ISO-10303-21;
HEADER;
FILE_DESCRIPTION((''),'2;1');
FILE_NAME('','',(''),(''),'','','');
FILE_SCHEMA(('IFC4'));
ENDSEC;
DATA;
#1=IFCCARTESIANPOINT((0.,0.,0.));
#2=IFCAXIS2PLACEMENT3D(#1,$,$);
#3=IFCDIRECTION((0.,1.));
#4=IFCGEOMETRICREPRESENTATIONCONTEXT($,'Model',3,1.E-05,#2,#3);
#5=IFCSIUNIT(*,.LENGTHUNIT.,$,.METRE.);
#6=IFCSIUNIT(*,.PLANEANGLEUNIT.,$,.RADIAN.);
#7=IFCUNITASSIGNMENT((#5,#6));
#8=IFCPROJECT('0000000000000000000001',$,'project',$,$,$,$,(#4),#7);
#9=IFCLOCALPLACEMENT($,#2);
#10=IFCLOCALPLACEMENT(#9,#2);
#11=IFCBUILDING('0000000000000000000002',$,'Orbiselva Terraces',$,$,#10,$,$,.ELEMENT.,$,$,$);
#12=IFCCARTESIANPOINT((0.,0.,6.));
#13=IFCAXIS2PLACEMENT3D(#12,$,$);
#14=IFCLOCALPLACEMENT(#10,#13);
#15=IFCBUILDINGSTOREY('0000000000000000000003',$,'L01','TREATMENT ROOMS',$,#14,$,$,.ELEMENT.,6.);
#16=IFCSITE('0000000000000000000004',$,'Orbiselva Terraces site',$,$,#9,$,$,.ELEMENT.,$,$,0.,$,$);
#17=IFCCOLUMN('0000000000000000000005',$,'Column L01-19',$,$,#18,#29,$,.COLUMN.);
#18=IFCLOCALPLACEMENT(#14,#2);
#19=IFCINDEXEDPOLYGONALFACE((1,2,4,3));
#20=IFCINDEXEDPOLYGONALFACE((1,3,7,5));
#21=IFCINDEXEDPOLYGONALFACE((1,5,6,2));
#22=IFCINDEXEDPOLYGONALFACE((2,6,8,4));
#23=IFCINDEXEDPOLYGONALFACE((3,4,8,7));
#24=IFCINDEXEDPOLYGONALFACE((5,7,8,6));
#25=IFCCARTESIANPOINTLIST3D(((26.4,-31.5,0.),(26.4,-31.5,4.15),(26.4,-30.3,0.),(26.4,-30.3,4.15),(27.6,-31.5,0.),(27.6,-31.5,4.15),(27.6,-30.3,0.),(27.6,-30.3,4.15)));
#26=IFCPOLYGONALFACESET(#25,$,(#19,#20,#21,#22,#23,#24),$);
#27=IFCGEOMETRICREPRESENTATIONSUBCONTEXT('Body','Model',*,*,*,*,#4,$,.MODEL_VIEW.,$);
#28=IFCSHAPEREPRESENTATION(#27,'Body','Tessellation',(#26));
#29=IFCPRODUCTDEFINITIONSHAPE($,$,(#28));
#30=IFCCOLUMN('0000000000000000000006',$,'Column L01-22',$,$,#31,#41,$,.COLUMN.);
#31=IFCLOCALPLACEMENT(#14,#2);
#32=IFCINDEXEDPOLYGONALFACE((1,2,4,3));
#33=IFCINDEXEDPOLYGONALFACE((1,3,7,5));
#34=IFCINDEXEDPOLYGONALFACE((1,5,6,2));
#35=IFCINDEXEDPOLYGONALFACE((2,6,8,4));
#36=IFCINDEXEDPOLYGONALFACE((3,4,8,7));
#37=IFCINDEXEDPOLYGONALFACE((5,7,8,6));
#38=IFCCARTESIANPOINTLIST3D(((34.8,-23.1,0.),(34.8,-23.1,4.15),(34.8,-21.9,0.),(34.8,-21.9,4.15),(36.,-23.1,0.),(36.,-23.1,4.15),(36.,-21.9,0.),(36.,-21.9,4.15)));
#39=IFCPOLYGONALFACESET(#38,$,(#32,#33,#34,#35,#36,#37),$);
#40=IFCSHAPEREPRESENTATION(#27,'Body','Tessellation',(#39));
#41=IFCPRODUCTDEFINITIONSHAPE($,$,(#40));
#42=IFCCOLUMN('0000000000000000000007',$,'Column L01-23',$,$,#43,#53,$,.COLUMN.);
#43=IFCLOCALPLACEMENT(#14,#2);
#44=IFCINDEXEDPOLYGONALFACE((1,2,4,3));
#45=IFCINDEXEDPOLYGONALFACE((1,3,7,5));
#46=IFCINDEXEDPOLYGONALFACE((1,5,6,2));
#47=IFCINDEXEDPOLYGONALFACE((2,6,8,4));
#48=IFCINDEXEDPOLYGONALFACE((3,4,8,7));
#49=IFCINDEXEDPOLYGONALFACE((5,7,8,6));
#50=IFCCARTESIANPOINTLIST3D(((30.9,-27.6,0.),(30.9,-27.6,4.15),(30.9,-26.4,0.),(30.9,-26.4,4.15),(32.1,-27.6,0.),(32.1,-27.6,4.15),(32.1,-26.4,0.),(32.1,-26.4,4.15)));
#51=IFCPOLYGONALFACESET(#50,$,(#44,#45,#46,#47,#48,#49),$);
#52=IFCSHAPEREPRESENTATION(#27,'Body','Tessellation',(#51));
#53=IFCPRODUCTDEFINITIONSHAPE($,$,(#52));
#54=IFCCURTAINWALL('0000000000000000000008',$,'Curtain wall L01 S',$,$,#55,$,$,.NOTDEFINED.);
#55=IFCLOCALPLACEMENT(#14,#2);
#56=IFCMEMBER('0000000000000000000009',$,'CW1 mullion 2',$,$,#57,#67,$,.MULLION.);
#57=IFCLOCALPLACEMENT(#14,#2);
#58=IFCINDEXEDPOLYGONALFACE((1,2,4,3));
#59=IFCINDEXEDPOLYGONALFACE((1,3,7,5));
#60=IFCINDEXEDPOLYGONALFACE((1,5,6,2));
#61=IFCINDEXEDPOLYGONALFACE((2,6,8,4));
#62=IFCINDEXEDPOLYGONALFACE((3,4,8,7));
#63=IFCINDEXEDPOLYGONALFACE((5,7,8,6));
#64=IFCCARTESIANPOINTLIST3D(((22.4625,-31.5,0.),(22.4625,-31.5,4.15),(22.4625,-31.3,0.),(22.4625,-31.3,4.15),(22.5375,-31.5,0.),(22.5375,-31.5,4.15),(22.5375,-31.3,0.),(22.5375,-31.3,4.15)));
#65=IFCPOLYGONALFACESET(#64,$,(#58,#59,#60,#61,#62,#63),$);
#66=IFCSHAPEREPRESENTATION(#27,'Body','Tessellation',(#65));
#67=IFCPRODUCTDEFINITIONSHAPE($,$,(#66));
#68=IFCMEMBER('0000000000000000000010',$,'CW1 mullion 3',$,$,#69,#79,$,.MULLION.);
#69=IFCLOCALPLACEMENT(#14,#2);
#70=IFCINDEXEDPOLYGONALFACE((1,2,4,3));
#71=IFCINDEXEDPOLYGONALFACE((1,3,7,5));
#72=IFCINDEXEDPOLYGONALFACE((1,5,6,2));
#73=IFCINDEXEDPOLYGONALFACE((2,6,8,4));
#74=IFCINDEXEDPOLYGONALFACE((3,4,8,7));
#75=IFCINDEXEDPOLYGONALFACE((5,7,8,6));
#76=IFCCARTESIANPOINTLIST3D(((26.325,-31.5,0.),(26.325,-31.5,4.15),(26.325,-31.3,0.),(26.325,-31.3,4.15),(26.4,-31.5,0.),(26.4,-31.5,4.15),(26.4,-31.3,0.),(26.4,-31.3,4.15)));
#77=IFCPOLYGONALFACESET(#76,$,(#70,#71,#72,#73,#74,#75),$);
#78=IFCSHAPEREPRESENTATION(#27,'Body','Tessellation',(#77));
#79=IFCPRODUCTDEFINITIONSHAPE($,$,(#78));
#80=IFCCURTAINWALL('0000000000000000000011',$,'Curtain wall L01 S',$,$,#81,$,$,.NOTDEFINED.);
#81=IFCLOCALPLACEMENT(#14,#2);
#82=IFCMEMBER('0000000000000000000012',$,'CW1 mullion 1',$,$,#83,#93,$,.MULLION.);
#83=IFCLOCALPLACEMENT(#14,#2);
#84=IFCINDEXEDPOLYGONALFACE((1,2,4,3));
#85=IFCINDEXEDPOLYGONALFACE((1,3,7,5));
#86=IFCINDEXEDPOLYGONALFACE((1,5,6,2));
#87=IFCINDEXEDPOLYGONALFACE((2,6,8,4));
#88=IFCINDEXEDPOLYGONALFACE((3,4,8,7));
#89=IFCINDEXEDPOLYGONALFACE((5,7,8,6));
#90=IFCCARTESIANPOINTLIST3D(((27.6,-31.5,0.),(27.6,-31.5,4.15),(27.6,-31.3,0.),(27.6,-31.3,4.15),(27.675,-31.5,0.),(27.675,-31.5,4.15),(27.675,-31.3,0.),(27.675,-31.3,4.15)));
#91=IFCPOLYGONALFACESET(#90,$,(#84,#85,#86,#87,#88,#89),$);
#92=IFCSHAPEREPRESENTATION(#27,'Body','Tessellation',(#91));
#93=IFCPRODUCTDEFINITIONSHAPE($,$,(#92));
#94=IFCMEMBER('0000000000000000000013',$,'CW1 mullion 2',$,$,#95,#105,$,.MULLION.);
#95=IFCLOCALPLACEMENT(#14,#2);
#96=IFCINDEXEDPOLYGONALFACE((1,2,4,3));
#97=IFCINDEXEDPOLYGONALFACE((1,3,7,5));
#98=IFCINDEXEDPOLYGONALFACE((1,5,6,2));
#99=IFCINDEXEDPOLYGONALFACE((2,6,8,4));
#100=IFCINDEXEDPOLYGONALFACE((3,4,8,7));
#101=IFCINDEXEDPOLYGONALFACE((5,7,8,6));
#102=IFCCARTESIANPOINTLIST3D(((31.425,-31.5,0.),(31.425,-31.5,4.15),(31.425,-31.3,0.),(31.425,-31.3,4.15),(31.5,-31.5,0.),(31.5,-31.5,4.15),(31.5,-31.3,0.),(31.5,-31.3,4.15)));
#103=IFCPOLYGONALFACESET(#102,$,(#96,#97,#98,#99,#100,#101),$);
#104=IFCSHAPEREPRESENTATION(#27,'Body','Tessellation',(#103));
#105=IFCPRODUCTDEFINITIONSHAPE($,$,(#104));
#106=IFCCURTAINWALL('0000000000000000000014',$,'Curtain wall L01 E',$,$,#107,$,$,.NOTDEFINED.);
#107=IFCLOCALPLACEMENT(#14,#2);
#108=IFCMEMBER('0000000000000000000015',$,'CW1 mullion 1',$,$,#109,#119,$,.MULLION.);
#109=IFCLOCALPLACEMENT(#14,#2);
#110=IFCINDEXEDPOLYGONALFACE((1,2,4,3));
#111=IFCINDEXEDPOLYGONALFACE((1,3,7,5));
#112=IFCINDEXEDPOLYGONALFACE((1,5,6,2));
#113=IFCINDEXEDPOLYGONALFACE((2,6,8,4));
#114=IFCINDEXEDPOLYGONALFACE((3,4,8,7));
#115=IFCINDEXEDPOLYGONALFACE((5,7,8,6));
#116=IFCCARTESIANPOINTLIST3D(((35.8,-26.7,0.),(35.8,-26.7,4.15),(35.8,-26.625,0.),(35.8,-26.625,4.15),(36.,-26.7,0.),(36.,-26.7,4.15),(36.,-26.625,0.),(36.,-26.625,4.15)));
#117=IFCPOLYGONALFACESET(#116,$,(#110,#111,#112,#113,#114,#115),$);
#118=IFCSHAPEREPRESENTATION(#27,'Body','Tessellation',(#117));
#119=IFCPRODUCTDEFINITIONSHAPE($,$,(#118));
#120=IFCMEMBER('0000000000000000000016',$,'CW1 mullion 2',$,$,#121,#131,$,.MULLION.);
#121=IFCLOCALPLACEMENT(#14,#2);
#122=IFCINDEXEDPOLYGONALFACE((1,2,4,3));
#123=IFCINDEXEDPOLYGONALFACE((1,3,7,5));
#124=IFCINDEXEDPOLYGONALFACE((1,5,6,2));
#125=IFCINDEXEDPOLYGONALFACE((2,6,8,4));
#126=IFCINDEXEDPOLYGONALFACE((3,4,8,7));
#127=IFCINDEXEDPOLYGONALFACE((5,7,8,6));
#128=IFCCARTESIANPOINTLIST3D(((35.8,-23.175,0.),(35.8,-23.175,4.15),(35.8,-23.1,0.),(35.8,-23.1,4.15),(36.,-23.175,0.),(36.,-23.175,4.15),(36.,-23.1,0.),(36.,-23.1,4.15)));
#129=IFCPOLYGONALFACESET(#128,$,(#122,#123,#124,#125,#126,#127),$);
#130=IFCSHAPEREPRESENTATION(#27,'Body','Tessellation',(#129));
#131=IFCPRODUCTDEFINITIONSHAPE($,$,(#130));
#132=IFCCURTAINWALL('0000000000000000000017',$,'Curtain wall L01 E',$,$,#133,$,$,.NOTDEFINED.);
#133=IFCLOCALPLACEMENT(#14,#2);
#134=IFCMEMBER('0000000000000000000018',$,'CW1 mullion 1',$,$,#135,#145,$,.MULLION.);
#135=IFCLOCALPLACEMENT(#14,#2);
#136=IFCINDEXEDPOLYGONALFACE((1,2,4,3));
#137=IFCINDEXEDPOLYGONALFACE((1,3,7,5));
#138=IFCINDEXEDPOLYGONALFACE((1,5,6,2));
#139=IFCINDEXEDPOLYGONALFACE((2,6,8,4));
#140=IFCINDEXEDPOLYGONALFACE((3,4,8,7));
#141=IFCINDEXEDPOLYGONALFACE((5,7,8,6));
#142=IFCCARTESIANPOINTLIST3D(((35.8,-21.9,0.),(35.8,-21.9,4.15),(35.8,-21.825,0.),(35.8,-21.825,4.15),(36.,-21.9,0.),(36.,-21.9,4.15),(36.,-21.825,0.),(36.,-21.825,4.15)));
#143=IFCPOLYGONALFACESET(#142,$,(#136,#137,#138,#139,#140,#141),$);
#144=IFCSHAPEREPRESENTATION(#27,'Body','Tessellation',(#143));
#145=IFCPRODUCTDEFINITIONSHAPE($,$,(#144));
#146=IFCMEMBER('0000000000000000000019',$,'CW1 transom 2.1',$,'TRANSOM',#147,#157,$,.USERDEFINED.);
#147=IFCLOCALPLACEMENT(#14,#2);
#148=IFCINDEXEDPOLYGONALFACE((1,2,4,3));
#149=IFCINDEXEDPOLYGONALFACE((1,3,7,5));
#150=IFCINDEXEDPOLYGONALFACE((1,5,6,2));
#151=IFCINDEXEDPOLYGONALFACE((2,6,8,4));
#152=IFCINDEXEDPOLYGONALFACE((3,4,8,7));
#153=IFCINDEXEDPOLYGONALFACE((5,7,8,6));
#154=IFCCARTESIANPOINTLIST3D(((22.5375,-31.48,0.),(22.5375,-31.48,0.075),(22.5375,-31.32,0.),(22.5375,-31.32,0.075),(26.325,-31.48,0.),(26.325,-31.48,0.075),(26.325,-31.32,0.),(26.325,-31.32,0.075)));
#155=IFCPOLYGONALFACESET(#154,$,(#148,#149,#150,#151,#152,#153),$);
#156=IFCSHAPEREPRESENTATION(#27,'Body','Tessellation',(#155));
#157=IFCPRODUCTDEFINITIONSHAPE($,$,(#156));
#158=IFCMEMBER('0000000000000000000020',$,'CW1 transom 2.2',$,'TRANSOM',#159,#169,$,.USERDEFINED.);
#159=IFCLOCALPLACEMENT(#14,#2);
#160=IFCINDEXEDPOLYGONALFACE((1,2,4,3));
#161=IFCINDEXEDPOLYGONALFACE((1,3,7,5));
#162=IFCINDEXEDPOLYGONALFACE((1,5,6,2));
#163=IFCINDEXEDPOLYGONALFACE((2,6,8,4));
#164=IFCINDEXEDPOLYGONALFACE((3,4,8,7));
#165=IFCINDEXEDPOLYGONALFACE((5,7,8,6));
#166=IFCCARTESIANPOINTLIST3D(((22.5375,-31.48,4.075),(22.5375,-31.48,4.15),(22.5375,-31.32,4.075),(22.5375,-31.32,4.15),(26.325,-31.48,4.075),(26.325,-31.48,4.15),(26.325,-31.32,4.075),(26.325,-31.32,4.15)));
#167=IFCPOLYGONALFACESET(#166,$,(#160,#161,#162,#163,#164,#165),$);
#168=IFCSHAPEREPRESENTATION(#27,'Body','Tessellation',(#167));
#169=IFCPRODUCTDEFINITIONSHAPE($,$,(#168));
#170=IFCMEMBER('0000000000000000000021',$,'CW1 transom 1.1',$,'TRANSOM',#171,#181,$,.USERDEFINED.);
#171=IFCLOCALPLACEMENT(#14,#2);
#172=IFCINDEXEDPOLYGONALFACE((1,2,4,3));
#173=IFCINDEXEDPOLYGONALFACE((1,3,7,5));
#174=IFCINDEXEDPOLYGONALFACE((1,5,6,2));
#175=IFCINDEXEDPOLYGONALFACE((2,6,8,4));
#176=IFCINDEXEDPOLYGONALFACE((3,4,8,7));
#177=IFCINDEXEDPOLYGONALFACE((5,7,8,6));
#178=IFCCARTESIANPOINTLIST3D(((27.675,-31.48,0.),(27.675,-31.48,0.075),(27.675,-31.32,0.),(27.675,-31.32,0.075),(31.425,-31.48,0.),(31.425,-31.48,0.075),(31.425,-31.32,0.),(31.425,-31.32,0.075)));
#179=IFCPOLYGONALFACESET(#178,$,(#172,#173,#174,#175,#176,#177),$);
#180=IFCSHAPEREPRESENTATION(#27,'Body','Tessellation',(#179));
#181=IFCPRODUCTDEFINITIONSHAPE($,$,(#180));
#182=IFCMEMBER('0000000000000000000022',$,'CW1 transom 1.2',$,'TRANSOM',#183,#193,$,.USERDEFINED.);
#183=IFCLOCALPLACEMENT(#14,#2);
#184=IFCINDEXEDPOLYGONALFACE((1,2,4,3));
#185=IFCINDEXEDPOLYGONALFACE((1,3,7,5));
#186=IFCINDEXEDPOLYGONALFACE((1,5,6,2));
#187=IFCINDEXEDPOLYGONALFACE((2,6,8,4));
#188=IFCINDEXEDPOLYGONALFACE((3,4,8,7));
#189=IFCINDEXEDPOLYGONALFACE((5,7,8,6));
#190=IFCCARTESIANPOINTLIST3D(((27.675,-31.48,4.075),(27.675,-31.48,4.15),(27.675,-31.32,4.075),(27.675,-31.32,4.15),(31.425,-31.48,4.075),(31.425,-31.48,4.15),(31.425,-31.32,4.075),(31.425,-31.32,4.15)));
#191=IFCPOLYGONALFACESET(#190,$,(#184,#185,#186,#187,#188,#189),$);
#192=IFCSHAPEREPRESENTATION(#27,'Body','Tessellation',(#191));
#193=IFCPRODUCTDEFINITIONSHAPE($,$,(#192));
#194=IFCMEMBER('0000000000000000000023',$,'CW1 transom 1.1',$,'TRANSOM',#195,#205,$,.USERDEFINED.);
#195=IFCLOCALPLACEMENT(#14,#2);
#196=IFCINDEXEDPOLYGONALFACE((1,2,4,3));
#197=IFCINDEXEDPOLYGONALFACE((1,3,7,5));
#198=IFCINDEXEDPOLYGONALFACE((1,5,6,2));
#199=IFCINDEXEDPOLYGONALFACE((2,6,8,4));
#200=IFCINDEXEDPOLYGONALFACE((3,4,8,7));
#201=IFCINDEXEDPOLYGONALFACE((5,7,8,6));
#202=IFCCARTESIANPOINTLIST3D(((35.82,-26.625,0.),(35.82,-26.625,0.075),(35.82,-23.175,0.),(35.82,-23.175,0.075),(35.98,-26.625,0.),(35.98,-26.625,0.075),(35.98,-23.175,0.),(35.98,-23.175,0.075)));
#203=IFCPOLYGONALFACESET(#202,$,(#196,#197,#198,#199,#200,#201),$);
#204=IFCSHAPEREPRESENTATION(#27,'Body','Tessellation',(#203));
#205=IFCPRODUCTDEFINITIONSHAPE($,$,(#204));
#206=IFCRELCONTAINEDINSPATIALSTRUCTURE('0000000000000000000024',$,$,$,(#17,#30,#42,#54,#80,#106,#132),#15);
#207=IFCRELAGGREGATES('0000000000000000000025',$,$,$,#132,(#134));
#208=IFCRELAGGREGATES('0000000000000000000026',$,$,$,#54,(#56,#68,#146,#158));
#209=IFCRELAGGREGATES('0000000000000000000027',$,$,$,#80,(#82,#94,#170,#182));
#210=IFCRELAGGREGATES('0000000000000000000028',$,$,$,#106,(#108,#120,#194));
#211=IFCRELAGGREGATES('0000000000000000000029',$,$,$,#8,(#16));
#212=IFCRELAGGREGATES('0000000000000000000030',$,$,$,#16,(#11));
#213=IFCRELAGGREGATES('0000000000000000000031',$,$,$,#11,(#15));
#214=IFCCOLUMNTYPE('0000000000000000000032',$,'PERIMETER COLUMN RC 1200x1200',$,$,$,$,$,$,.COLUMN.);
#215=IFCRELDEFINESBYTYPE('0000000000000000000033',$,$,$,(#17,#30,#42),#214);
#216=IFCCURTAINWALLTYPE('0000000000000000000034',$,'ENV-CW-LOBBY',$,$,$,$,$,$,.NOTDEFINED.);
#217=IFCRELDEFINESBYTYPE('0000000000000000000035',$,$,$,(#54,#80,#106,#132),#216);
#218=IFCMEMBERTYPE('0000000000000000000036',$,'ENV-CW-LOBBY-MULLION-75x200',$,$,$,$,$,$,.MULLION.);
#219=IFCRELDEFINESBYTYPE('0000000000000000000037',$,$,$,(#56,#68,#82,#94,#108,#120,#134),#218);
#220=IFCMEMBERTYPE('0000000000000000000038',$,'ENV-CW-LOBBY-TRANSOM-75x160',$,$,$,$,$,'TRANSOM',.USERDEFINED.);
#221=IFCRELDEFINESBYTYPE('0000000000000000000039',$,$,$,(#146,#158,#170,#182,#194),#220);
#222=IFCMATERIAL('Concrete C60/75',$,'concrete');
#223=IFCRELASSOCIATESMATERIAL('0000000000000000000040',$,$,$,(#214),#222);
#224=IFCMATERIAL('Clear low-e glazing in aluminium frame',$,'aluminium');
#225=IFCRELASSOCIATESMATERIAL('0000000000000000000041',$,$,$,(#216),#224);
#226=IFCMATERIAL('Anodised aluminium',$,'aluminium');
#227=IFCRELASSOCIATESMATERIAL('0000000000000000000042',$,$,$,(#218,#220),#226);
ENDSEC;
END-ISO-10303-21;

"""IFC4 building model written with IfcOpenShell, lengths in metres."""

from ifc_helpers import new_model, si_unit, direction, frame, origin, origin_2d, place, context, subcontext, project, spatial, rectangle, extrude, material, material_profile, profile_set, type_object, element, aggregate, save


model = new_model("IFC4")

# Units and contexts
model_context = context("Model", 3, precision=1e-05, world=origin(), true_north=direction((0.0, 1.0)))
body_context = subcontext(model_context, "Body", "Model", "MODEL_VIEW")
ifc_project = project(units=[si_unit("LENGTHUNIT", "METRE"), si_unit("PLANEANGLEUNIT", "RADIAN")], contexts=[model_context])

# Site, building, storey
site_placement = place(None, origin())
site = spatial("IfcSite", under=ifc_project, at=site_placement, Name="Orbiselva Terraces site", CompositionType="ELEMENT", RefElevation=0.0)
building_placement = place(site_placement, origin())
building = spatial("IfcBuilding", under=site, at=building_placement, Name="Orbiselva Terraces", CompositionType="ELEMENT")
storey_placement = place(building_placement, frame((0.0, 0.0, 6.0)))
storey = spatial("IfcBuildingStorey", under=building, at=storey_placement, Name="L01", Description="TREATMENT ROOMS", CompositionType="ELEMENT", Elevation=6.0)

# Columns
ifc_material_1 = material(Name="Concrete C60/75", Category="concrete")
ifc_material_profile_1 = material_profile(ifc_material_1, rectangle(XDim=1.2, YDim=1.2, at=origin_2d()), Name="RC 1200x1200")
ifc_profile_set_1 = profile_set([ifc_material_profile_1], Name="Concrete C60/75")
column_type = type_object("IfcColumnType", Name="PERIMETER COLUMN RC 1200x1200", PredefinedType="COLUMN", material=ifc_profile_set_1)
for number, where, z_axis, x_axis, name in (
    (1, (27.0, -30.9, 0.0), (0.0, 0.0, 1.0), (1.0, 0.0, 0.0), "Column L01-19"),
    (2, (35.4, -22.5, 0.0), (0.0, 0.0, 1.0), (1.0, 0.0, 0.0), "Column L01-22"),
    (3, (31.5, -27.0, 0.0), (0.0, 0.0, 1.0), (1.0, 0.0, 0.0), "Column L01-23"),
):
    element("IfcColumn", number, at=place(storey_placement, frame(where, z_axis=z_axis, x_axis=x_axis)), inside=storey, type_object=column_type, Name=name, PredefinedType="COLUMN", context=body_context, shape_type="SweptSolid", body=[
        extrude(rectangle(XDim=1.2, YDim=1.2, at=origin_2d()), origin(), (0.0, 0.0, 1.0), 4.15),
    ])

# Curtain walls, members
ifc_material_2 = material(Name="Clear low-e glazing in aluminium frame", Category="aluminium")
curtain_wall_type = type_object("IfcCurtainWallType", Name="ENV-CW-LOBBY", PredefinedType="NOTDEFINED", material=ifc_material_2)
curtain_wall_1_placement = place(storey_placement, origin())
curtain_wall_1 = element("IfcCurtainWall", 4, at=curtain_wall_1_placement, inside=storey, type_object=curtain_wall_type, Name="Curtain wall L01 S", PredefinedType="NOTDEFINED")
ifc_material_3 = material(Name="Anodised aluminium", Category="aluminium")
ifc_material_profile_2 = material_profile(ifc_material_3, rectangle(XDim=0.2, YDim=0.075, at=origin_2d()), Name="AL 75x200")
ifc_profile_set_2 = profile_set([ifc_material_profile_2], Name="Anodised aluminium")
member_type_1 = type_object("IfcMemberType", Name="ENV-CW-LOBBY-MULLION-75x200", PredefinedType="MULLION", material=ifc_profile_set_2)
member_1_placement = place(storey_placement, frame((22.5, -31.4, 0.0), z_axis=(0.0, 0.0, 1.0), x_axis=(0.0, 1.0, 0.0)))
member_1 = element("IfcMember", 5, at=member_1_placement, type_object=member_type_1, Name="CW1 mullion 2", PredefinedType="MULLION", context=body_context, shape_type="SweptSolid", body=[
    extrude(rectangle(XDim=0.2, YDim=0.075, at=origin_2d()), origin(), (0.0, 0.0, 1.0), 4.15),
])
member_2_placement = place(storey_placement, frame((26.3625, -31.4, 0.0), z_axis=(0.0, 0.0, 1.0), x_axis=(0.0, 1.0, 0.0)))
member_2 = element("IfcMember", 6, at=member_2_placement, type_object=member_type_1, Name="CW1 mullion 3", PredefinedType="MULLION", context=body_context, shape_type="SweptSolid", body=[
    extrude(rectangle(XDim=0.2, YDim=0.075, at=origin_2d()), origin(), (0.0, 0.0, 1.0), 4.15),
])
curtain_wall_2_placement = place(storey_placement, origin())
curtain_wall_2 = element("IfcCurtainWall", 7, at=curtain_wall_2_placement, inside=storey, type_object=curtain_wall_type, Name="Curtain wall L01 S", PredefinedType="NOTDEFINED")
member_3_placement = place(storey_placement, frame((27.6375, -31.4, 0.0), z_axis=(0.0, 0.0, 1.0), x_axis=(0.0, 1.0, 0.0)))
member_3 = element("IfcMember", 8, at=member_3_placement, type_object=member_type_1, Name="CW1 mullion 1", PredefinedType="MULLION", context=body_context, shape_type="SweptSolid", body=[
    extrude(rectangle(XDim=0.2, YDim=0.075, at=origin_2d()), origin(), (0.0, 0.0, 1.0), 4.15),
])
member_4_placement = place(storey_placement, frame((31.4625, -31.4, 0.0), z_axis=(0.0, 0.0, 1.0), x_axis=(0.0, 1.0, 0.0)))
member_4 = element("IfcMember", 9, at=member_4_placement, type_object=member_type_1, Name="CW1 mullion 2", PredefinedType="MULLION", context=body_context, shape_type="SweptSolid", body=[
    extrude(rectangle(XDim=0.2, YDim=0.075, at=origin_2d()), origin(), (0.0, 0.0, 1.0), 4.15),
])
curtain_wall_3_placement = place(storey_placement, origin())
curtain_wall_3 = element("IfcCurtainWall", 10, at=curtain_wall_3_placement, inside=storey, type_object=curtain_wall_type, Name="Curtain wall L01 E", PredefinedType="NOTDEFINED")
member_5_placement = place(storey_placement, frame((35.9, -26.6625, 0.0), z_axis=(0.0, 0.0, 1.0), x_axis=(-1.0, 0.0, 0.0)))
member_5 = element("IfcMember", 11, at=member_5_placement, type_object=member_type_1, Name="CW1 mullion 1", PredefinedType="MULLION", context=body_context, shape_type="SweptSolid", body=[
    extrude(rectangle(XDim=0.2, YDim=0.075, at=origin_2d()), origin(), (0.0, 0.0, 1.0), 4.15),
])
member_6_placement = place(storey_placement, frame((35.9, -23.1375, 0.0), z_axis=(0.0, 0.0, 1.0), x_axis=(-1.0, 0.0, 0.0)))
member_6 = element("IfcMember", 12, at=member_6_placement, type_object=member_type_1, Name="CW1 mullion 2", PredefinedType="MULLION", context=body_context, shape_type="SweptSolid", body=[
    extrude(rectangle(XDim=0.2, YDim=0.075, at=origin_2d()), origin(), (0.0, 0.0, 1.0), 4.15),
])

# Curtain wall, member
curtain_wall_4_placement = place(storey_placement, origin())
curtain_wall_4 = element("IfcCurtainWall", 13, at=curtain_wall_4_placement, inside=storey, type_object=curtain_wall_type, Name="Curtain wall L01 E", PredefinedType="NOTDEFINED")
member_7_placement = place(storey_placement, frame((35.9, -21.8625, 0.0), z_axis=(0.0, 0.0, 1.0), x_axis=(-1.0, 0.0, 0.0)))
member_7 = element("IfcMember", 14, at=member_7_placement, type_object=member_type_1, Name="CW1 mullion 1", PredefinedType="MULLION", context=body_context, shape_type="SweptSolid", body=[
    extrude(rectangle(XDim=0.2, YDim=0.075, at=origin_2d()), origin(), (0.0, 0.0, 1.0), 4.15),
])
aggregate(curtain_wall_4, [member_7])

# Members
ifc_material_profile_3 = material_profile(ifc_material_3, rectangle(XDim=0.16, YDim=0.075, at=origin_2d()), Name="AL 75x160")
ifc_profile_set_3 = profile_set([ifc_material_profile_3], Name="Anodised aluminium")
member_type_2 = type_object("IfcMemberType", Name="ENV-CW-LOBBY-TRANSOM-75x160", ElementType="TRANSOM", PredefinedType="USERDEFINED", material=ifc_profile_set_3)
member_8_placement = place(storey_placement, frame((22.5375, -31.4, 0.0375), z_axis=(1.0, 0.0, 0.0), x_axis=(0.0, 1.0, 0.0)))
member_8 = element("IfcMember", 15, at=member_8_placement, type_object=member_type_2, Name="CW1 transom 2.1", ObjectType="TRANSOM", PredefinedType="USERDEFINED", context=body_context, shape_type="SweptSolid", body=[
    extrude(rectangle(XDim=0.16, YDim=0.075, at=origin_2d()), origin(), (0.0, 0.0, 1.0), 3.7875),
])
member_9_placement = place(storey_placement, frame((22.5375, -31.4, 4.1125), z_axis=(1.0, 0.0, 0.0), x_axis=(0.0, 1.0, 0.0)))
member_9 = element("IfcMember", 16, at=member_9_placement, type_object=member_type_2, Name="CW1 transom 2.2", ObjectType="TRANSOM", PredefinedType="USERDEFINED", context=body_context, shape_type="SweptSolid", body=[
    extrude(rectangle(XDim=0.16, YDim=0.075, at=origin_2d()), origin(), (0.0, 0.0, 1.0), 3.7875),
])
member_10_placement = place(storey_placement, frame((27.675, -31.4, 0.0375), z_axis=(1.0, 0.0, 0.0), x_axis=(0.0, 1.0, 0.0)))
member_10 = element("IfcMember", 17, at=member_10_placement, type_object=member_type_2, Name="CW1 transom 1.1", ObjectType="TRANSOM", PredefinedType="USERDEFINED", context=body_context, shape_type="SweptSolid", body=[
    extrude(rectangle(XDim=0.16, YDim=0.075, at=origin_2d()), origin(), (0.0, 0.0, 1.0), 3.75),
])
member_11_placement = place(storey_placement, frame((27.675, -31.4, 4.1125), z_axis=(1.0, 0.0, 0.0), x_axis=(0.0, 1.0, 0.0)))
member_11 = element("IfcMember", 18, at=member_11_placement, type_object=member_type_2, Name="CW1 transom 1.2", ObjectType="TRANSOM", PredefinedType="USERDEFINED", context=body_context, shape_type="SweptSolid", body=[
    extrude(rectangle(XDim=0.16, YDim=0.075, at=origin_2d()), origin(), (0.0, 0.0, 1.0), 3.75),
])
member_12_placement = place(storey_placement, frame((35.9, -26.625, 0.0375), z_axis=(0.0, 1.0, 0.0), x_axis=(-1.0, 0.0, 0.0)))
member_12 = element("IfcMember", 19, at=member_12_placement, type_object=member_type_2, Name="CW1 transom 1.1", ObjectType="TRANSOM", PredefinedType="USERDEFINED", context=body_context, shape_type="SweptSolid", body=[
    extrude(rectangle(XDim=0.16, YDim=0.075, at=origin_2d()), origin(), (0.0, 0.0, 1.0), 3.45),
])

aggregate(curtain_wall_1, [member_1, member_2, member_8, member_9])
aggregate(curtain_wall_2, [member_3, member_4, member_10, member_11])
aggregate(curtain_wall_3, [member_5, member_6, member_12])

save(model, "model.ifc")
